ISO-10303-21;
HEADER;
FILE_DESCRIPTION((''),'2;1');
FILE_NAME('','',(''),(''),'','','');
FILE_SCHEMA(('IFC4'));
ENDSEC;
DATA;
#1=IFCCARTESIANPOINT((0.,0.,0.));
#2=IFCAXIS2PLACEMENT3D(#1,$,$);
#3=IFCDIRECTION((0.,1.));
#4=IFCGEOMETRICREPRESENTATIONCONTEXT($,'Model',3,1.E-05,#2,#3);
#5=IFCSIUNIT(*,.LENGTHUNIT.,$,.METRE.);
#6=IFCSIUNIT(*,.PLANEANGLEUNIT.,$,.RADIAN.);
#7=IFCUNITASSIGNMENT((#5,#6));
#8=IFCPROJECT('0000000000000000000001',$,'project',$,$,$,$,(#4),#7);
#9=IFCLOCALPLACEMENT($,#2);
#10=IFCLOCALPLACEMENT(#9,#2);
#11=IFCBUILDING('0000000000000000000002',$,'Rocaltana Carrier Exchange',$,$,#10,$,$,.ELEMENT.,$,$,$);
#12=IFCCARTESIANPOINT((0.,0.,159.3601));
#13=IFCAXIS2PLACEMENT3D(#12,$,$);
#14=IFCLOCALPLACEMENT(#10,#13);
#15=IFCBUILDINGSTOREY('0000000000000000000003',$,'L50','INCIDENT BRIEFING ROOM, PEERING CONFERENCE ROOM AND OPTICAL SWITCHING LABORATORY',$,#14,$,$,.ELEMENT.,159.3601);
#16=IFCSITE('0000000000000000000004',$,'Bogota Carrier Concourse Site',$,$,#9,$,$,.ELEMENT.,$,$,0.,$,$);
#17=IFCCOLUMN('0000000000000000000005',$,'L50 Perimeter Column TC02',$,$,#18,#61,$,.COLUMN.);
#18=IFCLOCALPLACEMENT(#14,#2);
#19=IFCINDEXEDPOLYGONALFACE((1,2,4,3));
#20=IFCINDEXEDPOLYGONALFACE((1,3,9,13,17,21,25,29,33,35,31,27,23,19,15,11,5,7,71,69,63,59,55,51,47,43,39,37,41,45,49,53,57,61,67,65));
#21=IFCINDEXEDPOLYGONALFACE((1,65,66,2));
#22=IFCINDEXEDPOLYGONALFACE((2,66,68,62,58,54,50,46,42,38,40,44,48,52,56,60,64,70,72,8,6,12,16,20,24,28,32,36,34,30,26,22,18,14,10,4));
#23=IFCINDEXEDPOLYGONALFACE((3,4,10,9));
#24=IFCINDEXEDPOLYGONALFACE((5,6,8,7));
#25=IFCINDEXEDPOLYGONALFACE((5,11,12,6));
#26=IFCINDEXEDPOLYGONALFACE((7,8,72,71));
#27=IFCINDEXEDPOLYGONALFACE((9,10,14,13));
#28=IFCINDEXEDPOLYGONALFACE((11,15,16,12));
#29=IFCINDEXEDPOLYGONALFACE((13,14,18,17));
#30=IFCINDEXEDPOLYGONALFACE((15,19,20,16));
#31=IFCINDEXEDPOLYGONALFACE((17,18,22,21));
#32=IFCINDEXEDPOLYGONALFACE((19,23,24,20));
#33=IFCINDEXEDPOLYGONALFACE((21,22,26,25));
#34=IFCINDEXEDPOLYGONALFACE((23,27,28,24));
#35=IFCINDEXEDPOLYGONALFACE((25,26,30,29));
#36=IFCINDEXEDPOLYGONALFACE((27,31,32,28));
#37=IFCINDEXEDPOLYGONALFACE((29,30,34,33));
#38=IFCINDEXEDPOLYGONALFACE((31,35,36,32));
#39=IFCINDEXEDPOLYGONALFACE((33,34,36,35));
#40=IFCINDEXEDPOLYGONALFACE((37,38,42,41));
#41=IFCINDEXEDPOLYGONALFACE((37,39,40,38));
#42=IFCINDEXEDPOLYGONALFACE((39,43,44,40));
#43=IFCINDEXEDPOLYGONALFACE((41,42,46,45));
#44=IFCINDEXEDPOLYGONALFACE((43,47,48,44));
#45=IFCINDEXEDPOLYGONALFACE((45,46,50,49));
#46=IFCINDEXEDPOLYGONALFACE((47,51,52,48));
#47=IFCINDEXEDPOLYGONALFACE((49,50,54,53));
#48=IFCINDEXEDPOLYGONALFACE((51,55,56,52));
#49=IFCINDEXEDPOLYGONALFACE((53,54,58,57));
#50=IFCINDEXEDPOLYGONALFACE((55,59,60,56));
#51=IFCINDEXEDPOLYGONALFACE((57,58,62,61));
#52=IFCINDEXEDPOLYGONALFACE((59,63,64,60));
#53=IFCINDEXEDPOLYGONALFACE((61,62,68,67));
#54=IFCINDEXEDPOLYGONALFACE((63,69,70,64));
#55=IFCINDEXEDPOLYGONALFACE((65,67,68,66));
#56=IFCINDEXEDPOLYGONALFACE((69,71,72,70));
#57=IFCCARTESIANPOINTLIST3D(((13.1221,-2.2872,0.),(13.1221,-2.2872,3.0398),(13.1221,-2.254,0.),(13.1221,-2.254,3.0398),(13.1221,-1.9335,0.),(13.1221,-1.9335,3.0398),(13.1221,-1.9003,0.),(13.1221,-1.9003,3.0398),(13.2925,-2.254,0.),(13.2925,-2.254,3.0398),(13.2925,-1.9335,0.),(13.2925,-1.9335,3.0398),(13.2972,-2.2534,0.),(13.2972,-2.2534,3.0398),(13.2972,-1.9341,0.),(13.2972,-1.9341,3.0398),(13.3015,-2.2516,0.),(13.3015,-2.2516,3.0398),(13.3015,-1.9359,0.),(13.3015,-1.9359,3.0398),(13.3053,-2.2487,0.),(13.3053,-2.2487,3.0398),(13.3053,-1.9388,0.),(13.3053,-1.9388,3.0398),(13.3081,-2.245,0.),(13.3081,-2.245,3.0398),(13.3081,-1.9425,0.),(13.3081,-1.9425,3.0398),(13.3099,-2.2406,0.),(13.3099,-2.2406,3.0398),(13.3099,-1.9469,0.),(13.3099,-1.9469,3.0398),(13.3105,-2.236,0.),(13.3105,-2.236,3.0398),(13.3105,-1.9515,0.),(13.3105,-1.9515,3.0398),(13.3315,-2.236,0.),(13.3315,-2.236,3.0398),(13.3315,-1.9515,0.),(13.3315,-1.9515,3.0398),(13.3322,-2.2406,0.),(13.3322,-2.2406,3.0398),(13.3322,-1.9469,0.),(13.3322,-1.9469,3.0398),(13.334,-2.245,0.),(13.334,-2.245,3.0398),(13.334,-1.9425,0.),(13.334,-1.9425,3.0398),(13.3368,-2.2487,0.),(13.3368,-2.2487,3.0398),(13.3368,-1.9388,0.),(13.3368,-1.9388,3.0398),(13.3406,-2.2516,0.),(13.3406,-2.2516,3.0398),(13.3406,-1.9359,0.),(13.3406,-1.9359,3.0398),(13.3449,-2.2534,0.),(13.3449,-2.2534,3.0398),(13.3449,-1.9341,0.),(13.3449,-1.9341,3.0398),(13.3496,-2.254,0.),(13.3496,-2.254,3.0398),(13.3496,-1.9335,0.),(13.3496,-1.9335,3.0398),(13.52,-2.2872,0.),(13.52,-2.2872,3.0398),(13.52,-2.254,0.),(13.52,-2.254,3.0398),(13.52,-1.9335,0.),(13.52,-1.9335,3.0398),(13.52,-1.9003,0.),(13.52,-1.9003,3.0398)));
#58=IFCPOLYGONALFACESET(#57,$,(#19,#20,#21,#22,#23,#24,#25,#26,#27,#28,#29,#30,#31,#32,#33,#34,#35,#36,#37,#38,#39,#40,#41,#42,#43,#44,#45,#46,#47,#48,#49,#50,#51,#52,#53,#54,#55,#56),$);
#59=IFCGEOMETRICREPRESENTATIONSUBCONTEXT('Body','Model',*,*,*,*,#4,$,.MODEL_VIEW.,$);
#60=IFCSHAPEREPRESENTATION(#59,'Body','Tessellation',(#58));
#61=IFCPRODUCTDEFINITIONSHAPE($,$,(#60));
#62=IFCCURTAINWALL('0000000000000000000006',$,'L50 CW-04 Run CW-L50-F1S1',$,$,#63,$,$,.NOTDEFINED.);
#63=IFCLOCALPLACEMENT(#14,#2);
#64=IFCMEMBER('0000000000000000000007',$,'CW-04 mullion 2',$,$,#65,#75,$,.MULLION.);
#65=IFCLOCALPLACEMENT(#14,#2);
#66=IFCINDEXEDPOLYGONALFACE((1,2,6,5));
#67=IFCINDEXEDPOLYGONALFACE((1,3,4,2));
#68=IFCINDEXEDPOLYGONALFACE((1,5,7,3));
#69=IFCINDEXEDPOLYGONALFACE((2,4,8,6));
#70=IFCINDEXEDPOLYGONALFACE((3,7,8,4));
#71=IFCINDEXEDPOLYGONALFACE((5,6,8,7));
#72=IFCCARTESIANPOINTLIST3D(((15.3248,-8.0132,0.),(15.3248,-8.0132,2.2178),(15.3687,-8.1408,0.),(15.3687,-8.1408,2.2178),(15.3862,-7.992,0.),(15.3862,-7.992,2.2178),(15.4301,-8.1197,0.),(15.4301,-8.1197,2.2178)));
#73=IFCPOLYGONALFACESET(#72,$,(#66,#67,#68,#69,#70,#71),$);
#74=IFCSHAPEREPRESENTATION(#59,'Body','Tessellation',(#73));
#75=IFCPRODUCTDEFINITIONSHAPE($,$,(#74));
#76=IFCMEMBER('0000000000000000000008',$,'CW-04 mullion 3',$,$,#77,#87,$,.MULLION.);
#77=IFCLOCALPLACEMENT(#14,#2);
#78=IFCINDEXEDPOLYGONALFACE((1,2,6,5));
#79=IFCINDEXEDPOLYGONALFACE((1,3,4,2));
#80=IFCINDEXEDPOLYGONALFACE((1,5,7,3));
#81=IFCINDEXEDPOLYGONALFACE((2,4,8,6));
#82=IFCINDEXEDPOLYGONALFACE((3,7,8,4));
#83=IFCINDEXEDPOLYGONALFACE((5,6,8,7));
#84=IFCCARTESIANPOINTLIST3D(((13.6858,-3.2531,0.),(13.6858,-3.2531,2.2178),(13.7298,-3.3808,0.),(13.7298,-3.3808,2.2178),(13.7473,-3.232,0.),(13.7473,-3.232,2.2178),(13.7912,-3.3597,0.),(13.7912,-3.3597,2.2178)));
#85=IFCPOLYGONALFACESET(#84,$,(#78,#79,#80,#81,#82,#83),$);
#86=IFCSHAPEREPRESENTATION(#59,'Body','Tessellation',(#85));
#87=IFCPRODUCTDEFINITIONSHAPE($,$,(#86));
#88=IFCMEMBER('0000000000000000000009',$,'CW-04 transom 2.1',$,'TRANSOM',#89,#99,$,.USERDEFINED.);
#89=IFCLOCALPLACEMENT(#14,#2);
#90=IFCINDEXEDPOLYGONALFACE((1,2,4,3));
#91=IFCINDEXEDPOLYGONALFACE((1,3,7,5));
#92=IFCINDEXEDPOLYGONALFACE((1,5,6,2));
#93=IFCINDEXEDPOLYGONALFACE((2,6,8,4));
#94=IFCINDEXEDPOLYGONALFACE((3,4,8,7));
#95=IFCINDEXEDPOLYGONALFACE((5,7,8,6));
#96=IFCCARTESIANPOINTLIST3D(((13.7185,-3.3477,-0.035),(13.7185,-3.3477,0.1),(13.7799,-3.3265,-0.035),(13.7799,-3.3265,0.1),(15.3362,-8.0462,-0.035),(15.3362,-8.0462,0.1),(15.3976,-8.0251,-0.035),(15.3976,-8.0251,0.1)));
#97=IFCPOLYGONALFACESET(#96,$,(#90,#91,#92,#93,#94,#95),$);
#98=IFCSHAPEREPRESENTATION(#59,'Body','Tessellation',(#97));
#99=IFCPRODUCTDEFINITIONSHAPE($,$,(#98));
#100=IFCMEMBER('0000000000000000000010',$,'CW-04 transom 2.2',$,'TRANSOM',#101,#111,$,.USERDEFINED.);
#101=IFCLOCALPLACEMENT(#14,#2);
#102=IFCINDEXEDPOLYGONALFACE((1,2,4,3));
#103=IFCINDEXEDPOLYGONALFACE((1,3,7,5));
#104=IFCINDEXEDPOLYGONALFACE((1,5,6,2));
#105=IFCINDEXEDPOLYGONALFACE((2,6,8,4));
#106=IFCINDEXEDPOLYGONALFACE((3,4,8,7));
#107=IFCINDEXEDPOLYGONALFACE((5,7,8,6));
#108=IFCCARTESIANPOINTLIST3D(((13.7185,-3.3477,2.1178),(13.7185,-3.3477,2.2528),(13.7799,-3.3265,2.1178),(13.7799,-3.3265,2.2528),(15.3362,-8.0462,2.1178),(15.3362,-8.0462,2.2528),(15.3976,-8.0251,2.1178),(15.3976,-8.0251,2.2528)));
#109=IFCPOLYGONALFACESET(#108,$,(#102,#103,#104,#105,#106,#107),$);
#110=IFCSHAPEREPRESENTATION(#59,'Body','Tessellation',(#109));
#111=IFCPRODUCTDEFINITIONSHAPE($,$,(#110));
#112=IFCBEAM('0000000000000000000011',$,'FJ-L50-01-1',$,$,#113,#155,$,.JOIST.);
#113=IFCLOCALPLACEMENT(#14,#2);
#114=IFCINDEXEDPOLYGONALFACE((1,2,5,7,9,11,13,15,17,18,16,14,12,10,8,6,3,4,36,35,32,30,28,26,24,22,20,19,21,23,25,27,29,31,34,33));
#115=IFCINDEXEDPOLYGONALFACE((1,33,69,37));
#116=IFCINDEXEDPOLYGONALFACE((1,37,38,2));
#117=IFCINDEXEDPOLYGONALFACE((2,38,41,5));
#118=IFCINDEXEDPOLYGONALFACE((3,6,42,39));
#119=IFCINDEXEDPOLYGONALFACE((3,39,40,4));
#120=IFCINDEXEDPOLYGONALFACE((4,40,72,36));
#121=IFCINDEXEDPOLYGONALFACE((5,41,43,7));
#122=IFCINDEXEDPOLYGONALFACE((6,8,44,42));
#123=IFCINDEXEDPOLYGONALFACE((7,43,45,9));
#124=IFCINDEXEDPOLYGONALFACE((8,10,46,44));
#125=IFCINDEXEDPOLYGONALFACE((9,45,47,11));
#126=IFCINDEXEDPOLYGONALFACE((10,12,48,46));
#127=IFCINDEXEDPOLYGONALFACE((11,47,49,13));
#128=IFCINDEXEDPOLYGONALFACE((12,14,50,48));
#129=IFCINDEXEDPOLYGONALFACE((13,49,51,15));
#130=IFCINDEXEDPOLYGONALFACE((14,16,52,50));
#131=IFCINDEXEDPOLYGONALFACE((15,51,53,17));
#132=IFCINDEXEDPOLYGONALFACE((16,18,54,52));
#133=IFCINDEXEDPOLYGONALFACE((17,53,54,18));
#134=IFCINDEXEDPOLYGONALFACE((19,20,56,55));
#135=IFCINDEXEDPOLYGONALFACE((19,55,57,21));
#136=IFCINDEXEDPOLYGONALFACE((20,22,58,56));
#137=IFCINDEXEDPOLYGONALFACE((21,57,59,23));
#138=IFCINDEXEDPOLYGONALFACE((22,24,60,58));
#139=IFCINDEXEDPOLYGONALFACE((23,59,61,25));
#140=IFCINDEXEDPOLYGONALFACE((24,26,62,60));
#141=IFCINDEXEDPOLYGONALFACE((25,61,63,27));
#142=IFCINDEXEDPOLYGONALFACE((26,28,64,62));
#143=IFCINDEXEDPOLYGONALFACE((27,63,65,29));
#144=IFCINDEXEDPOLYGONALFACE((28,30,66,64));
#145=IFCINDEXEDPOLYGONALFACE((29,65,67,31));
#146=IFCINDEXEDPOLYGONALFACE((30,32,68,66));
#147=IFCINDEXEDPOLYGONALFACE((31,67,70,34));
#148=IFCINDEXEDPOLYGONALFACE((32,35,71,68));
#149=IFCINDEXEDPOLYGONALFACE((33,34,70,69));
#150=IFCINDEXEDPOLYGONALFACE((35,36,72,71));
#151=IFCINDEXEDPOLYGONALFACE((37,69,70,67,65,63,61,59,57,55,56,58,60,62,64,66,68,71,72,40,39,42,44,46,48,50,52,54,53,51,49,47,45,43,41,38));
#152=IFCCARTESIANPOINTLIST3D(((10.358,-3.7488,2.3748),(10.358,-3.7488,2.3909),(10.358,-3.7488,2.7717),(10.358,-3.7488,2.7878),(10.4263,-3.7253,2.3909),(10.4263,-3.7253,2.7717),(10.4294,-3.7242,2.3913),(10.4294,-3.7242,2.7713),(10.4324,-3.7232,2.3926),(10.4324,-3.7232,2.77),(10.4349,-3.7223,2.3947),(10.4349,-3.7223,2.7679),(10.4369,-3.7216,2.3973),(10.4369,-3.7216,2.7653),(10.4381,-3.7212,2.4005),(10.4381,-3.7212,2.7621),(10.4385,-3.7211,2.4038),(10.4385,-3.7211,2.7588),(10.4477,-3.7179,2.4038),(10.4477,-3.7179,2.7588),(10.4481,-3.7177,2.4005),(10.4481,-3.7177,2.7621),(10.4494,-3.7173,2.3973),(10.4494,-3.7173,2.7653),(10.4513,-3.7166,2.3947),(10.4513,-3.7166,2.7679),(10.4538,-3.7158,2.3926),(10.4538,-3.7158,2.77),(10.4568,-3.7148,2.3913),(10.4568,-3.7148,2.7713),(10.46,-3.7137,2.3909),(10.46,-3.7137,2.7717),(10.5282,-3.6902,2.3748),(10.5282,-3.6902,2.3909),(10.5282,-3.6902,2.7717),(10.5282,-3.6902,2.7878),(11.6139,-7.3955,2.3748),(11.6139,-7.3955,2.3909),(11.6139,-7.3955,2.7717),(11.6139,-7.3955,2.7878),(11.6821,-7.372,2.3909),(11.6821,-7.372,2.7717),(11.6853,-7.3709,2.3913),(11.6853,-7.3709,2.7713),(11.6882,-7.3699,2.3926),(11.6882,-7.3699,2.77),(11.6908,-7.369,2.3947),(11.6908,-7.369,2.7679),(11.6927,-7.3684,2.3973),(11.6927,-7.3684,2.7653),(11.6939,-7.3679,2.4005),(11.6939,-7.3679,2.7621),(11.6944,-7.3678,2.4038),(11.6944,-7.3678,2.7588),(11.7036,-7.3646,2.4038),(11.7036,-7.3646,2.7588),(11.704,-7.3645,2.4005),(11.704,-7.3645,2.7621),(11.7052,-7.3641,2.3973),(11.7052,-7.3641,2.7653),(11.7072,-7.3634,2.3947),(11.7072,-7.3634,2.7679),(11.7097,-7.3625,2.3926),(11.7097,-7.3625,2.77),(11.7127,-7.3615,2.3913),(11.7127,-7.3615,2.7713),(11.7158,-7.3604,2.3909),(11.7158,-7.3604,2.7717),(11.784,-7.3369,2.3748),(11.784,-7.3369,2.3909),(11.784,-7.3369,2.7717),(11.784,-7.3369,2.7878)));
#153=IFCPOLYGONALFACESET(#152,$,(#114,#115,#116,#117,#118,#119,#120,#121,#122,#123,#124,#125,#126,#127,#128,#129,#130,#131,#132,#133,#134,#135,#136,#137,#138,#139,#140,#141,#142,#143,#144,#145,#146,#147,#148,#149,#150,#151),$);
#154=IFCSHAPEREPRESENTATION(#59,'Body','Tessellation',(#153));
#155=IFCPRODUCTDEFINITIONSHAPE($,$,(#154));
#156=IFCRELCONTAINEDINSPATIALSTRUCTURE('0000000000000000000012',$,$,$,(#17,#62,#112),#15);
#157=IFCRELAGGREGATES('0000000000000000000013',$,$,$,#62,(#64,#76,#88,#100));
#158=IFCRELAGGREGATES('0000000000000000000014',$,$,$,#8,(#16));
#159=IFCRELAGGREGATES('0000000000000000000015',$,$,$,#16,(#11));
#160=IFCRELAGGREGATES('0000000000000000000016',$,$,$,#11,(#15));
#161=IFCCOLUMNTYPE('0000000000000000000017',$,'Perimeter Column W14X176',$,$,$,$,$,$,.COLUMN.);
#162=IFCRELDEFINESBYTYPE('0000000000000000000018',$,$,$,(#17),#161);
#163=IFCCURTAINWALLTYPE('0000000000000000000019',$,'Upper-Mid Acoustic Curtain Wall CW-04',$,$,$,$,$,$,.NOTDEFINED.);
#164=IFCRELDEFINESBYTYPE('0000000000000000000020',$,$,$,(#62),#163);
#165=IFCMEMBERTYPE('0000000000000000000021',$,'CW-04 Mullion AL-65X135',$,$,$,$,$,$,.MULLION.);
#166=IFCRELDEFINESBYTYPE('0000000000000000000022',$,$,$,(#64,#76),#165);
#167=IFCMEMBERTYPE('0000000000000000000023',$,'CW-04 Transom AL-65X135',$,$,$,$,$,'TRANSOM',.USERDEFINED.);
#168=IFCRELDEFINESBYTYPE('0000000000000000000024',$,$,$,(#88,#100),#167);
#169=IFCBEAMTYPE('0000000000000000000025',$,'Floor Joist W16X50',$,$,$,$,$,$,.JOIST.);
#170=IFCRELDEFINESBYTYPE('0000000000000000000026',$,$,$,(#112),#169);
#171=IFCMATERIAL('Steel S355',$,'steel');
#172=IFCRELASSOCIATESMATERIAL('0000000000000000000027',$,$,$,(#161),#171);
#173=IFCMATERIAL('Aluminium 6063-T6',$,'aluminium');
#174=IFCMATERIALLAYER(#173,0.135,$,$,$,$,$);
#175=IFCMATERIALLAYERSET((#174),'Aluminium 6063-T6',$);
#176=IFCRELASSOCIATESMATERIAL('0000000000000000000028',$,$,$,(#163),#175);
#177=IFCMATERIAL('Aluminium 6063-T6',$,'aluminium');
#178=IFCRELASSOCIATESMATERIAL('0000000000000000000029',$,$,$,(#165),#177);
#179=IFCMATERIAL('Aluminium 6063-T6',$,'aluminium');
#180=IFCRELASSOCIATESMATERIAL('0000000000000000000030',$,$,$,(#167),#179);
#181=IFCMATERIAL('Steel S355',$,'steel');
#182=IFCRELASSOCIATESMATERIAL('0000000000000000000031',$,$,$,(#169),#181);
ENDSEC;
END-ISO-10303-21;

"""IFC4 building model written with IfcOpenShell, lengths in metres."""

from ifc_helpers import new_model, si_unit, direction, frame, origin, origin_2d, place, context, subcontext, project, spatial, rectangle, i_section, extrude, material, layer, layer_set, material_profile, profile_set, type_object, element, aggregate, save


model = new_model("IFC4")

# Units and contexts
model_context = context("Model", 3, precision=1e-05, world=origin(), true_north=direction((0.0, 1.0)))
body_context = subcontext(model_context, "Body", "Model", "MODEL_VIEW")
ifc_project = project(units=[si_unit("LENGTHUNIT", "METRE"), si_unit("PLANEANGLEUNIT", "RADIAN")], contexts=[model_context])

# Site, building, storey
site_placement = place(None, origin())
site = spatial("IfcSite", under=ifc_project, at=site_placement, Name="Bogota Carrier Concourse Site", CompositionType="ELEMENT", RefElevation=0.0)
building_placement = place(site_placement, origin())
building = spatial("IfcBuilding", under=site, at=building_placement, Name="Rocaltana Carrier Exchange", CompositionType="ELEMENT")
storey_placement = place(building_placement, frame((0.0, 0.0, 159.3601)))
storey = spatial("IfcBuildingStorey", under=building, at=storey_placement, Name="L50", Description="INCIDENT BRIEFING ROOM, PEERING CONFERENCE ROOM AND OPTICAL SWITCHING LABORATORY", CompositionType="ELEMENT", Elevation=159.3601)

# Column
ifc_material_1 = material(Name="Steel S355", Category="steel")
ifc_material_profile_1 = material_profile(ifc_material_1, i_section(OverallWidth=0.3979, OverallDepth=0.387, WebThickness=0.021, FlangeThickness=0.0332, FilletRadius=0.0181, at=origin_2d()), Name="W14X176")
ifc_profile_set_1 = profile_set([ifc_material_profile_1], Name="Steel S355")
column_type = type_object("IfcColumnType", Name="Perimeter Column W14X176", PredefinedType="COLUMN", material=ifc_profile_set_1)
column_placement = place(storey_placement, frame((13.321, -2.0938, 0.0), z_axis=(0.0, 0.0, 1.0), x_axis=(1.0, 0.0, 0.0)))
element("IfcColumn", 1, at=column_placement, inside=storey, type_object=column_type, Name="L50 Perimeter Column TC02", PredefinedType="COLUMN", context=body_context, shape_type="SweptSolid", body=[
    extrude(i_section(OverallWidth=0.3979, OverallDepth=0.387, WebThickness=0.021, FlangeThickness=0.0332, FilletRadius=0.0181, at=origin_2d()), origin(), (0.0, 0.0, 1.0), 3.0398),
])

# Curtain wall, members
ifc_material_2 = material(Name="Aluminium 6063-T6", Category="aluminium")
ifc_layer_1 = layer(ifc_material_2, 0.135)
ifc_layer_set_1 = layer_set([ifc_layer_1], Name="Aluminium 6063-T6")
curtain_wall_type = type_object("IfcCurtainWallType", Name="Upper-Mid Acoustic Curtain Wall CW-04", PredefinedType="NOTDEFINED", material=ifc_layer_set_1)
curtain_wall_placement = place(storey_placement, origin())
curtain_wall = element("IfcCurtainWall", 2, at=curtain_wall_placement, inside=storey, type_object=curtain_wall_type, Name="L50 CW-04 Run CW-L50-F1S1", PredefinedType="NOTDEFINED")
ifc_material_3 = material(Name="Aluminium 6063-T6", Category="aluminium")
ifc_material_profile_2 = material_profile(ifc_material_3, rectangle(XDim=0.0649, YDim=0.135, at=origin_2d()), Name="AL-65X135")
ifc_profile_set_2 = profile_set([ifc_material_profile_2], Name="Aluminium 6063-T6")
member_type_1 = type_object("IfcMemberType", Name="CW-04 Mullion AL-65X135", PredefinedType="MULLION", material=ifc_profile_set_2)
member_1_placement = place(storey_placement, frame((15.3774, -8.0664, 0.0), z_axis=(0.0, 0.0, 1.0), x_axis=(-0.945522, -0.325559, 0.0)))
member_1 = element("IfcMember", 3, at=member_1_placement, type_object=member_type_1, Name="CW-04 mullion 2", PredefinedType="MULLION", context=body_context, shape_type="SweptSolid", body=[
    extrude(rectangle(XDim=0.0649, YDim=0.135, at=origin_2d()), origin(), (0.0, 0.0, 1.0), 2.2178),
])
member_2_placement = place(storey_placement, frame((13.7385, -3.3064, 0.0), z_axis=(0.0, 0.0, 1.0), x_axis=(-0.945522, -0.325559, 0.0)))
member_2 = element("IfcMember", 4, at=member_2_placement, type_object=member_type_1, Name="CW-04 mullion 3", PredefinedType="MULLION", context=body_context, shape_type="SweptSolid", body=[
    extrude(rectangle(XDim=0.0649, YDim=0.135, at=origin_2d()), origin(), (0.0, 0.0, 1.0), 2.2178),
])
ifc_material_4 = material(Name="Aluminium 6063-T6", Category="aluminium")
ifc_material_profile_3 = material_profile(ifc_material_4, rectangle(XDim=0.0649, YDim=0.135, at=origin_2d()), Name="AL-65X135")
ifc_profile_set_3 = profile_set([ifc_material_profile_3], Name="Aluminium 6063-T6")
member_type_2 = type_object("IfcMemberType", Name="CW-04 Transom AL-65X135", ElementType="TRANSOM", PredefinedType="USERDEFINED", material=ifc_profile_set_3)
member_3_placement = place(storey_placement, frame((15.3669, -8.0356, 0.0325), z_axis=(-0.325542, 0.945527, 0.0), x_axis=(-0.945527, -0.325542, 0.0)))
member_3 = element("IfcMember", 5, at=member_3_placement, type_object=member_type_2, Name="CW-04 transom 2.1", ObjectType="TRANSOM", PredefinedType="USERDEFINED", context=body_context, shape_type="SweptSolid", body=[
    extrude(rectangle(XDim=0.0649, YDim=0.135, at=origin_2d()), origin(), (0.0, 0.0, 1.0), 4.9692),
])
member_4_placement = place(storey_placement, frame((15.3669, -8.0356, 2.1853), z_axis=(-0.325542, 0.945527, 0.0), x_axis=(-0.945527, -0.325542, 0.0)))
member_4 = element("IfcMember", 6, at=member_4_placement, type_object=member_type_2, Name="CW-04 transom 2.2", ObjectType="TRANSOM", PredefinedType="USERDEFINED", context=body_context, shape_type="SweptSolid", body=[
    extrude(rectangle(XDim=0.0649, YDim=0.135, at=origin_2d()), origin(), (0.0, 0.0, 1.0), 4.9692),
])

# Beam
ifc_material_5 = material(Name="Steel S355", Category="steel")
ifc_material_profile_4 = material_profile(ifc_material_5, i_section(OverallWidth=0.1799, OverallDepth=0.4131, WebThickness=0.0098, FlangeThickness=0.0161, FilletRadius=0.0129, at=origin_2d()), Name="W16X50")
ifc_profile_set_4 = profile_set([ifc_material_profile_4], Name="Steel S355")
beam_type_1 = type_object("IfcBeamType", Name="Floor Joist W16X50", PredefinedType="JOIST", material=ifc_profile_set_4)
beam_1_placement = place(storey_placement, frame((11.699, -7.3662, 2.5813), z_axis=(-0.325612, 0.945503, 0.0), x_axis=(-0.945503, -0.325612, 0.0)))
element("IfcBeam", 7, at=beam_1_placement, inside=storey, type_object=beam_type_1, Name="FJ-L50-01-1", PredefinedType="JOIST", context=body_context, shape_type="SweptSolid", body=[
    extrude(i_section(OverallWidth=0.1799, OverallDepth=0.4131, WebThickness=0.0098, FlangeThickness=0.0161, FilletRadius=0.0129, at=origin_2d()), origin(), (0.0, 0.0, 1.0), 3.8569),
])

aggregate(curtain_wall, [member_1, member_2, member_3, member_4])

save(model, "model.ifc")
